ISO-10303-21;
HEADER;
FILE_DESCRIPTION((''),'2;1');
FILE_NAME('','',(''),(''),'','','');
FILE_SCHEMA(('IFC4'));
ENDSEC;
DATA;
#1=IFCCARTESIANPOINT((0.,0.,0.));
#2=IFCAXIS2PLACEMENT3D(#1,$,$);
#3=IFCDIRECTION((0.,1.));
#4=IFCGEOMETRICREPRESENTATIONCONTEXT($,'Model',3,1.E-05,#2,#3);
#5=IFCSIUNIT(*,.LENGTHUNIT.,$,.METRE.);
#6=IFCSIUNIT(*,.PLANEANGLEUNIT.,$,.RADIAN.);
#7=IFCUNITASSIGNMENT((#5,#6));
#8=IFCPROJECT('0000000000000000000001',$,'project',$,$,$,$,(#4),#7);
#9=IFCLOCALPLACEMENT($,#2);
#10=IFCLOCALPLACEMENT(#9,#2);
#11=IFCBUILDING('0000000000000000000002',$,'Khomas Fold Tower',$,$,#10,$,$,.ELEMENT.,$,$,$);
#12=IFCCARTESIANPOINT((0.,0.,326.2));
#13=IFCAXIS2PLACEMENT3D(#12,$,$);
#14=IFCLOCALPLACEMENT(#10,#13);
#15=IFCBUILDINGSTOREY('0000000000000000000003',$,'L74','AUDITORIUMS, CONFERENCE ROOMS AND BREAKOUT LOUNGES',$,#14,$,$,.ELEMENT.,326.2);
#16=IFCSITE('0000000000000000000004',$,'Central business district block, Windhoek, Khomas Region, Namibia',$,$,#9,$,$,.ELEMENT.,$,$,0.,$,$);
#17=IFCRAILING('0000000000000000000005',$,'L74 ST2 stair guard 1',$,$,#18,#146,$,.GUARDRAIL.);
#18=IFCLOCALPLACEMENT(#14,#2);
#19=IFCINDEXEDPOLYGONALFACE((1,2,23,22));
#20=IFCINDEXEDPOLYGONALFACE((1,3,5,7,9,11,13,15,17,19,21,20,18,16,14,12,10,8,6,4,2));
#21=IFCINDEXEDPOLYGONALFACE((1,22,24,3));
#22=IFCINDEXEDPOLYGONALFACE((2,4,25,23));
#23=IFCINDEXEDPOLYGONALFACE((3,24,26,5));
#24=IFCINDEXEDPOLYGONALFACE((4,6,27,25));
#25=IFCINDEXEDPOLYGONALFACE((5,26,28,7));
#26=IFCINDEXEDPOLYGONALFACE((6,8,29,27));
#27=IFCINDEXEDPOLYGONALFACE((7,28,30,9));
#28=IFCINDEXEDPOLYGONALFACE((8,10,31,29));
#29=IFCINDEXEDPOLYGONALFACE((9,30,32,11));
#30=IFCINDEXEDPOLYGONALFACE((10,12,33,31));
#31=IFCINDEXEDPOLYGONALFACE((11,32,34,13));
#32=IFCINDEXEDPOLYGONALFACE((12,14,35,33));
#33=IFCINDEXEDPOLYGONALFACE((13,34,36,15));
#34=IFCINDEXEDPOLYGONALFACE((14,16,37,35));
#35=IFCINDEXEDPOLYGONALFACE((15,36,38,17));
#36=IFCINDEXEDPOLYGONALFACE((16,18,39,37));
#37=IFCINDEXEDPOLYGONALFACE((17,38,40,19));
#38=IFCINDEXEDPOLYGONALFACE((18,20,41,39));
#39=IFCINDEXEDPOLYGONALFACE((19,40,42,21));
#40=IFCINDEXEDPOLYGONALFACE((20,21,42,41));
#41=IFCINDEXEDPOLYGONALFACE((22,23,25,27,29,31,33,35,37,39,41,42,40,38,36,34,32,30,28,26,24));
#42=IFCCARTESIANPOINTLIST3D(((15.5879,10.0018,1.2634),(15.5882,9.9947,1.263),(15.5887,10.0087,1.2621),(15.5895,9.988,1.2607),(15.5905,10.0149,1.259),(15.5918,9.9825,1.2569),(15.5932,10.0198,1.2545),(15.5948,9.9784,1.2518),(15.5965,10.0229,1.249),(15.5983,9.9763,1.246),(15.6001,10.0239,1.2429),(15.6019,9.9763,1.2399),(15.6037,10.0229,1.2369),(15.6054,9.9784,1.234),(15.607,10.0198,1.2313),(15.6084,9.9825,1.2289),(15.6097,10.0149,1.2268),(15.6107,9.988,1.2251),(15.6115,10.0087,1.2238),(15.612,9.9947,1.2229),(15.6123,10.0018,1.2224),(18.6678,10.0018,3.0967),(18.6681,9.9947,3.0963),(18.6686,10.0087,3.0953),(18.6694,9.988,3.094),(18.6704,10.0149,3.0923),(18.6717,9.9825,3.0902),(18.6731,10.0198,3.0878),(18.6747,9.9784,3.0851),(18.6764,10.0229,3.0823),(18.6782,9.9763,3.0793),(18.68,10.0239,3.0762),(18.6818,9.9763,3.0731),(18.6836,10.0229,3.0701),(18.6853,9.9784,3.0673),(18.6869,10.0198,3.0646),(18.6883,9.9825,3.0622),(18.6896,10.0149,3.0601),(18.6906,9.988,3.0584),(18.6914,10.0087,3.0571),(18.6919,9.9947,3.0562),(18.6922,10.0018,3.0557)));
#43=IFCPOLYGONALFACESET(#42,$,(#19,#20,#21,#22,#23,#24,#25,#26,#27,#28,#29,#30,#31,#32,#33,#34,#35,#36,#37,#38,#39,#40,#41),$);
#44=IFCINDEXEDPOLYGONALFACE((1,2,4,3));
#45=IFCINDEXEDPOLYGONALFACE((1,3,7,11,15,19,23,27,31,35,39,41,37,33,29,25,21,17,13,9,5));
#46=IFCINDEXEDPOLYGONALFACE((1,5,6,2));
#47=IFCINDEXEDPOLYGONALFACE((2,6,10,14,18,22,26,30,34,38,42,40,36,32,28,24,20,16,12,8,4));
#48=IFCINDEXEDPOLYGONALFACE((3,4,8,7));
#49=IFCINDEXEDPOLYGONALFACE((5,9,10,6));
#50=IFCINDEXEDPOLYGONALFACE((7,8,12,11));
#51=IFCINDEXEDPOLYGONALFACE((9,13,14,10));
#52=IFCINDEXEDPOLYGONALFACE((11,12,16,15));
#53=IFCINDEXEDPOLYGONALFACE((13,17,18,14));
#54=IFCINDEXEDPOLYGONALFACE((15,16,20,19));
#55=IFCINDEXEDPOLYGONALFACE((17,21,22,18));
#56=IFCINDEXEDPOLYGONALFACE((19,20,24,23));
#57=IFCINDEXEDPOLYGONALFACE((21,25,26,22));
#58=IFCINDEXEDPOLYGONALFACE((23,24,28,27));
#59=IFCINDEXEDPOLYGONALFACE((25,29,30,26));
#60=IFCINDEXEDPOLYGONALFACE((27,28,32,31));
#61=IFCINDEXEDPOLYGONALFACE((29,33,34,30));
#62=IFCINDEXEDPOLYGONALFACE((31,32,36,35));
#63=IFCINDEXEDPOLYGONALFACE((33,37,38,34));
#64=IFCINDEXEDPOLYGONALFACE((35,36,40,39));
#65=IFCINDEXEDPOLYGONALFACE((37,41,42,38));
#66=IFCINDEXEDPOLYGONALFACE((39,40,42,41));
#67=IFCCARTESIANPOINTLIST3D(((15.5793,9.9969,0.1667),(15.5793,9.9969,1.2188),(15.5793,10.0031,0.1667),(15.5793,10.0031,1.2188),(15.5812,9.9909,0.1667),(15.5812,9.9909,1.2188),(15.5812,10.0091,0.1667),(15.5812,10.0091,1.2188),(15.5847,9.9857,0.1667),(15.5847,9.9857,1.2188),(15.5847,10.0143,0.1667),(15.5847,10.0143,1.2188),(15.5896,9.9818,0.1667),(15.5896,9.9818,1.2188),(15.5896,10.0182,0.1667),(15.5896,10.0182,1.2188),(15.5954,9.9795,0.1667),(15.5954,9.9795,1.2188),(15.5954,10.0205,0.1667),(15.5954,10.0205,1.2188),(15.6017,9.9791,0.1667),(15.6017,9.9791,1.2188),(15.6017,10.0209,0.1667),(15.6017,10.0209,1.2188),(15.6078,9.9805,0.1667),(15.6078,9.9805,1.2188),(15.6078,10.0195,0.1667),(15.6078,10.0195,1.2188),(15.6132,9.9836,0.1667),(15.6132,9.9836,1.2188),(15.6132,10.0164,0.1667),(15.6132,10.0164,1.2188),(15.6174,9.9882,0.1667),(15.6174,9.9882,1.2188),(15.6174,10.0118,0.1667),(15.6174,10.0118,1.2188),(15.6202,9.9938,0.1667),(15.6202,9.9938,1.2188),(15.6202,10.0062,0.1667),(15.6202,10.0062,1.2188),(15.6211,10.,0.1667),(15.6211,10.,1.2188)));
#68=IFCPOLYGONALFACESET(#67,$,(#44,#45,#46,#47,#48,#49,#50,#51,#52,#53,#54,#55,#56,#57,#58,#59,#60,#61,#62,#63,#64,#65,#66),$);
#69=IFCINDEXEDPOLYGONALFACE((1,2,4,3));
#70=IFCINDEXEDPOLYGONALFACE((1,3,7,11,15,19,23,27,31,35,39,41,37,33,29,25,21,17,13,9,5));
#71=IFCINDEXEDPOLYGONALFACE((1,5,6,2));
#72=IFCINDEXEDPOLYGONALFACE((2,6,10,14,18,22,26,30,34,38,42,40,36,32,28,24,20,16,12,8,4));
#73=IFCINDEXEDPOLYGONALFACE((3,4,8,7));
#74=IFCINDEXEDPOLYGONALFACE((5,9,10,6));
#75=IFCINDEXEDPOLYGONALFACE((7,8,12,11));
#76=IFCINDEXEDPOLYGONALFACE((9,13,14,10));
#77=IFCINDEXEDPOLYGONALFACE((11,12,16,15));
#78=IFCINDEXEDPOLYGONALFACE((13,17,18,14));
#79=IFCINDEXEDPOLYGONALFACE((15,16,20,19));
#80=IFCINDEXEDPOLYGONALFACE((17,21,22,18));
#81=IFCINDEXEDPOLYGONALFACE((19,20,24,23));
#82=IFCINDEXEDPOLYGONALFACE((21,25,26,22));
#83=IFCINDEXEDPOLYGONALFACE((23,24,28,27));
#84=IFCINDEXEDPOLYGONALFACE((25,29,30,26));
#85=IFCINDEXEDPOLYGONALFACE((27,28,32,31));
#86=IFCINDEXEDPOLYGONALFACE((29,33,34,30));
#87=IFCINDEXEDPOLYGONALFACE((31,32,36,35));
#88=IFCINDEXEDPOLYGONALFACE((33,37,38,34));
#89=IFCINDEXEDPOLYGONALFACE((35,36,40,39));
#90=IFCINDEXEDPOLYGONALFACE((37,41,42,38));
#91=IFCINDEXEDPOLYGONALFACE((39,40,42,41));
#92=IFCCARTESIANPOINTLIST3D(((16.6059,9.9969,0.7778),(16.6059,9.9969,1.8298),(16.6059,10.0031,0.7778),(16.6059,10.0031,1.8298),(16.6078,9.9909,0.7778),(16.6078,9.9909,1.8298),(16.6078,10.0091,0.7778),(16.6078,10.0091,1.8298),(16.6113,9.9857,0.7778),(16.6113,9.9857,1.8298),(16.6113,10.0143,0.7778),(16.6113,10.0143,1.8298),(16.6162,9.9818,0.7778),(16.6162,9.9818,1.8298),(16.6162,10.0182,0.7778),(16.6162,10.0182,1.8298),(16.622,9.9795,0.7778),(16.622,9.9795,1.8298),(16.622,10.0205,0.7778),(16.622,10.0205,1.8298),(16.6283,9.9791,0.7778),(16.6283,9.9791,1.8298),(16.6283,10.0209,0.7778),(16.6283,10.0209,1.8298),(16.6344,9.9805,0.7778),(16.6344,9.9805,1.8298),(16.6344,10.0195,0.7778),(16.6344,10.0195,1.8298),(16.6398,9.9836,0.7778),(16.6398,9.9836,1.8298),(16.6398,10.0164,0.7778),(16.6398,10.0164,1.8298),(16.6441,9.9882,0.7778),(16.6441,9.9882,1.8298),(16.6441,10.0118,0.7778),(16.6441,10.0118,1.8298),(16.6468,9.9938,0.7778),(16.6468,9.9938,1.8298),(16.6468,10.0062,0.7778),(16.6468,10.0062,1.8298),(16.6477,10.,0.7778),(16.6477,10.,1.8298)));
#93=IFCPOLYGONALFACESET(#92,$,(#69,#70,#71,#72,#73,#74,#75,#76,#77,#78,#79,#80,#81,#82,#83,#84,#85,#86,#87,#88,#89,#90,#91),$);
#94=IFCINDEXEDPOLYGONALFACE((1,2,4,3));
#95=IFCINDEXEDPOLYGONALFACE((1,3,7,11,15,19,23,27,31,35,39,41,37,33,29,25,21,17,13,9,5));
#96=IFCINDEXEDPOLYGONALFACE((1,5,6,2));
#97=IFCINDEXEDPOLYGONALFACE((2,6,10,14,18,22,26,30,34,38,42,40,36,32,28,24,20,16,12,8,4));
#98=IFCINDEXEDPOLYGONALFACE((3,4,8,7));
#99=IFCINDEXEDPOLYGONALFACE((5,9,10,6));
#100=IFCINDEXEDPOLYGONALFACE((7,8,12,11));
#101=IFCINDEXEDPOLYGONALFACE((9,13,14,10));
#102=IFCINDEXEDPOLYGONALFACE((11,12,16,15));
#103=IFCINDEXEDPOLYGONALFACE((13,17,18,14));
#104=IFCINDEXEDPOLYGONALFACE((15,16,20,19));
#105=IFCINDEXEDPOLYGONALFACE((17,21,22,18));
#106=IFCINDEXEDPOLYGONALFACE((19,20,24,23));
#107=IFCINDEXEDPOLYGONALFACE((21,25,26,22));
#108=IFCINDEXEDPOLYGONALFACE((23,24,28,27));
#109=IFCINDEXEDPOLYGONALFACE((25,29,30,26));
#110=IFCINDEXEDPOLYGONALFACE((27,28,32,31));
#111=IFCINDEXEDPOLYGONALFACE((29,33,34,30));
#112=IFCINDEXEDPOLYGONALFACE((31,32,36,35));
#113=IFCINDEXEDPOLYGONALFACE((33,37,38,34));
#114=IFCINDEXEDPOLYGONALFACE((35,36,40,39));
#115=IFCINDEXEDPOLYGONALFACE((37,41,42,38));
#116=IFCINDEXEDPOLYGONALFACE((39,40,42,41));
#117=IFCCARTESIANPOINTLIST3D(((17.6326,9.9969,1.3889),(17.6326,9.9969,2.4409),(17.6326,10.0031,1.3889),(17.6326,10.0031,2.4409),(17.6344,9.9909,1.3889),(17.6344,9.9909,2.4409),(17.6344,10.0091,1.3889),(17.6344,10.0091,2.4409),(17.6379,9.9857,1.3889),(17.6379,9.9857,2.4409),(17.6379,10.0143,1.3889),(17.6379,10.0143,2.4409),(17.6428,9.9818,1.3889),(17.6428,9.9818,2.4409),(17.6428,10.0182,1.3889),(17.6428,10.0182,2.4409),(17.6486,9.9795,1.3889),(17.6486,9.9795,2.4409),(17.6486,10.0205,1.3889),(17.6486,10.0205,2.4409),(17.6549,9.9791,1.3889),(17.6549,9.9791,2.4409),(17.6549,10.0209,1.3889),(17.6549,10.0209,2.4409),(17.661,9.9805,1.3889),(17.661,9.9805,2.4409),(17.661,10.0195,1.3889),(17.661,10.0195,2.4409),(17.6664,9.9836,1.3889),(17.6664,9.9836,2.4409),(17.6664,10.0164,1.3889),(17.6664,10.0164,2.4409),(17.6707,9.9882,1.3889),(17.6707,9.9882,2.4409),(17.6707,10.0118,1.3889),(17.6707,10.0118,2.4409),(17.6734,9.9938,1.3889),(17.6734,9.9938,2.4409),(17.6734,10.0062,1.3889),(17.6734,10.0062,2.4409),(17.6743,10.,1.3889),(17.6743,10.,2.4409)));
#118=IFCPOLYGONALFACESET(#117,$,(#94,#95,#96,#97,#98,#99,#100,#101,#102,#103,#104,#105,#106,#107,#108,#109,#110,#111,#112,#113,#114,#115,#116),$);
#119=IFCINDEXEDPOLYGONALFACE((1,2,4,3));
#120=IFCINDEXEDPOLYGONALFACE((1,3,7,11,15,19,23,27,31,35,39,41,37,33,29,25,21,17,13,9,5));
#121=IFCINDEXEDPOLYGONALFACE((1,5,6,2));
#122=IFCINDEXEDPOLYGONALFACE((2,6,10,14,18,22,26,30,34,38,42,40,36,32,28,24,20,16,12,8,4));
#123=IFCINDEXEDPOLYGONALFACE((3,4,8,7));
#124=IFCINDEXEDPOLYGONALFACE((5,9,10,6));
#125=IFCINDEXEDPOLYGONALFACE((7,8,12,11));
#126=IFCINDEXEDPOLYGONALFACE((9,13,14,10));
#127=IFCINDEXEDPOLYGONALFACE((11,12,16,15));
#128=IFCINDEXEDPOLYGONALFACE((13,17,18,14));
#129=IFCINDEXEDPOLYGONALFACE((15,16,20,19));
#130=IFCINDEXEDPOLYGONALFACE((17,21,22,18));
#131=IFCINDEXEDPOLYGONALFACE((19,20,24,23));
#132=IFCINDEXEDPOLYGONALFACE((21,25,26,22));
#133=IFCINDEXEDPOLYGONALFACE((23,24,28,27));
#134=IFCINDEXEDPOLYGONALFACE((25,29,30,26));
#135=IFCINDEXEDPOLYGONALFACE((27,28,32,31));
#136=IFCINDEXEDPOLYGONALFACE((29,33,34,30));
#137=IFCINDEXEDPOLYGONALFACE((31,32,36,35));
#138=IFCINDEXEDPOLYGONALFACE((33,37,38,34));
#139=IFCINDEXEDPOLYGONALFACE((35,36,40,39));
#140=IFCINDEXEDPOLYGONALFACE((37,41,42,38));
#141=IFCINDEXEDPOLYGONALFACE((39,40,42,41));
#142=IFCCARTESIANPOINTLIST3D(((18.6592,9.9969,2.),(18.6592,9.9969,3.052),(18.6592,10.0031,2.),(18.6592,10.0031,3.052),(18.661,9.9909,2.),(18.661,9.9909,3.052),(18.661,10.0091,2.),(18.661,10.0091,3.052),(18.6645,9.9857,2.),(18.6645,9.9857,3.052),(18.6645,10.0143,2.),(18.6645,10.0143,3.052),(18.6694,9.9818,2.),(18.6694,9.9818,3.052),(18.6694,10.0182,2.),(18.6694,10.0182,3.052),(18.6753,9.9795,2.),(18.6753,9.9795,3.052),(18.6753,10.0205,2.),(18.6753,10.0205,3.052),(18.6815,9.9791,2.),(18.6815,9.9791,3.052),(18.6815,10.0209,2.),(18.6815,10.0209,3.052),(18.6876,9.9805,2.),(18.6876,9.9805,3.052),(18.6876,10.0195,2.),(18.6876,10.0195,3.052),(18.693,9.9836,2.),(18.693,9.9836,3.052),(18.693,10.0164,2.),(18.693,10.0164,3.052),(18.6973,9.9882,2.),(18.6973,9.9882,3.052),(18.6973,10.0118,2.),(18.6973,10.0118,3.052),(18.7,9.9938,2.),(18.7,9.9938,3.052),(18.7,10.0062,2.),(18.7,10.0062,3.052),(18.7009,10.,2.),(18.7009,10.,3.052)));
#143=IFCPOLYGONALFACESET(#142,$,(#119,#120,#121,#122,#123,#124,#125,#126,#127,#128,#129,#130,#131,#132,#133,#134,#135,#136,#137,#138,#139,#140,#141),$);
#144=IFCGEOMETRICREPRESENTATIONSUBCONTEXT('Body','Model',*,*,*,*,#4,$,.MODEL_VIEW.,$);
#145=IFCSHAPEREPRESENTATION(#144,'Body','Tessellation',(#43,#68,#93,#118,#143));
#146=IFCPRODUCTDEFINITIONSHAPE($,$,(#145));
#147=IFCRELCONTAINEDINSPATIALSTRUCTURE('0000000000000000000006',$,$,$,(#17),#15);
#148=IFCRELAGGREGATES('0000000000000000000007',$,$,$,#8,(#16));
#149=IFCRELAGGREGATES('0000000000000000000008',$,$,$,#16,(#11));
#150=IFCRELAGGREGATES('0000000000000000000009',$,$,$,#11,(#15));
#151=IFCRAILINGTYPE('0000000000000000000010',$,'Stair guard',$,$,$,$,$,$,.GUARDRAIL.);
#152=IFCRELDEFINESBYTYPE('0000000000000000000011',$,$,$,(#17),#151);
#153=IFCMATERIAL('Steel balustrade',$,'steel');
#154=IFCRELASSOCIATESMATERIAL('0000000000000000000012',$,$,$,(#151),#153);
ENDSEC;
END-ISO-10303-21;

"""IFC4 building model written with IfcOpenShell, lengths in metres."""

from ifc_helpers import new_model, si_unit, direction, frame, origin, origin_2d, place, context, subcontext, project, spatial, circle, extrude, source, transform, mapped, material, type_object, element, save


model = new_model("IFC4")

# Units and contexts
model_context = context("Model", 3, precision=1e-05, world=origin(), true_north=direction((0.0, 1.0)))
body_context = subcontext(model_context, "Body", "Model", "MODEL_VIEW")
ifc_project = project(units=[si_unit("LENGTHUNIT", "METRE"), si_unit("PLANEANGLEUNIT", "RADIAN")], contexts=[model_context])

# Site, building, storey
site_placement = place(None, origin())
site = spatial("IfcSite", under=ifc_project, at=site_placement, Name="Central business district block, Windhoek, Khomas Region, Namibia", CompositionType="ELEMENT", RefElevation=0.0)
building_placement = place(site_placement, origin())
building = spatial("IfcBuilding", under=site, at=building_placement, Name="Khomas Fold Tower", CompositionType="ELEMENT")
storey_placement = place(building_placement, frame((0.0, 0.0, 326.2)))
storey = spatial("IfcBuildingStorey", under=building, at=storey_placement, Name="L74", Description="AUDITORIUMS, CONFERENCE ROOMS AND BREAKOUT LOUNGES", CompositionType="ELEMENT", Elevation=326.2)

# Railing
ifc_material_1 = material(Name="Steel balustrade", Category="steel")
railing_type_1 = type_object("IfcRailingType", Name="Stair guard", PredefinedType="GUARDRAIL", material=ifc_material_1)
shared_shape_1 = source(origin(), body_context, "Body", "SweptSolid", [
    extrude(circle(Radius=0.0239, at=origin_2d()), frame((0.0, 0.0, 1.0762), z_axis=(0.859291, 0.0, 0.511487), x_axis=(0.0, 1.0, 0.0)), (0.0, 0.0, 1.0), 3.5842),
    extrude(circle(Radius=0.021, at=origin_2d()), origin(), (0.0, 0.0, 1.0), 1.052),
    extrude(circle(Radius=0.021, at=origin_2d()), frame((1.0266, 0.0, 0.6111)), (0.0, 0.0, 1.0), 1.052),
    extrude(circle(Radius=0.021, at=origin_2d()), frame((2.0532, 0.0, 1.2222)), (0.0, 0.0, 1.0), 1.052),
    extrude(circle(Radius=0.021, at=origin_2d()), frame((3.0798, 0.0, 1.8333)), (0.0, 0.0, 1.0), 1.052),
])
railing_1_placement = place(storey_placement, frame((15.6001, 10.0, 0.1667)))
element("IfcRailing", 1, at=railing_1_placement, inside=storey, type_object=railing_type_1, Name="L74 ST2 stair guard 1", PredefinedType="GUARDRAIL", context=body_context, shape_type="MappedRepresentation", body=[
    mapped(shared_shape_1, transform((0.0, 0.0, 0.0))),
])

save(model, "model.ifc")
